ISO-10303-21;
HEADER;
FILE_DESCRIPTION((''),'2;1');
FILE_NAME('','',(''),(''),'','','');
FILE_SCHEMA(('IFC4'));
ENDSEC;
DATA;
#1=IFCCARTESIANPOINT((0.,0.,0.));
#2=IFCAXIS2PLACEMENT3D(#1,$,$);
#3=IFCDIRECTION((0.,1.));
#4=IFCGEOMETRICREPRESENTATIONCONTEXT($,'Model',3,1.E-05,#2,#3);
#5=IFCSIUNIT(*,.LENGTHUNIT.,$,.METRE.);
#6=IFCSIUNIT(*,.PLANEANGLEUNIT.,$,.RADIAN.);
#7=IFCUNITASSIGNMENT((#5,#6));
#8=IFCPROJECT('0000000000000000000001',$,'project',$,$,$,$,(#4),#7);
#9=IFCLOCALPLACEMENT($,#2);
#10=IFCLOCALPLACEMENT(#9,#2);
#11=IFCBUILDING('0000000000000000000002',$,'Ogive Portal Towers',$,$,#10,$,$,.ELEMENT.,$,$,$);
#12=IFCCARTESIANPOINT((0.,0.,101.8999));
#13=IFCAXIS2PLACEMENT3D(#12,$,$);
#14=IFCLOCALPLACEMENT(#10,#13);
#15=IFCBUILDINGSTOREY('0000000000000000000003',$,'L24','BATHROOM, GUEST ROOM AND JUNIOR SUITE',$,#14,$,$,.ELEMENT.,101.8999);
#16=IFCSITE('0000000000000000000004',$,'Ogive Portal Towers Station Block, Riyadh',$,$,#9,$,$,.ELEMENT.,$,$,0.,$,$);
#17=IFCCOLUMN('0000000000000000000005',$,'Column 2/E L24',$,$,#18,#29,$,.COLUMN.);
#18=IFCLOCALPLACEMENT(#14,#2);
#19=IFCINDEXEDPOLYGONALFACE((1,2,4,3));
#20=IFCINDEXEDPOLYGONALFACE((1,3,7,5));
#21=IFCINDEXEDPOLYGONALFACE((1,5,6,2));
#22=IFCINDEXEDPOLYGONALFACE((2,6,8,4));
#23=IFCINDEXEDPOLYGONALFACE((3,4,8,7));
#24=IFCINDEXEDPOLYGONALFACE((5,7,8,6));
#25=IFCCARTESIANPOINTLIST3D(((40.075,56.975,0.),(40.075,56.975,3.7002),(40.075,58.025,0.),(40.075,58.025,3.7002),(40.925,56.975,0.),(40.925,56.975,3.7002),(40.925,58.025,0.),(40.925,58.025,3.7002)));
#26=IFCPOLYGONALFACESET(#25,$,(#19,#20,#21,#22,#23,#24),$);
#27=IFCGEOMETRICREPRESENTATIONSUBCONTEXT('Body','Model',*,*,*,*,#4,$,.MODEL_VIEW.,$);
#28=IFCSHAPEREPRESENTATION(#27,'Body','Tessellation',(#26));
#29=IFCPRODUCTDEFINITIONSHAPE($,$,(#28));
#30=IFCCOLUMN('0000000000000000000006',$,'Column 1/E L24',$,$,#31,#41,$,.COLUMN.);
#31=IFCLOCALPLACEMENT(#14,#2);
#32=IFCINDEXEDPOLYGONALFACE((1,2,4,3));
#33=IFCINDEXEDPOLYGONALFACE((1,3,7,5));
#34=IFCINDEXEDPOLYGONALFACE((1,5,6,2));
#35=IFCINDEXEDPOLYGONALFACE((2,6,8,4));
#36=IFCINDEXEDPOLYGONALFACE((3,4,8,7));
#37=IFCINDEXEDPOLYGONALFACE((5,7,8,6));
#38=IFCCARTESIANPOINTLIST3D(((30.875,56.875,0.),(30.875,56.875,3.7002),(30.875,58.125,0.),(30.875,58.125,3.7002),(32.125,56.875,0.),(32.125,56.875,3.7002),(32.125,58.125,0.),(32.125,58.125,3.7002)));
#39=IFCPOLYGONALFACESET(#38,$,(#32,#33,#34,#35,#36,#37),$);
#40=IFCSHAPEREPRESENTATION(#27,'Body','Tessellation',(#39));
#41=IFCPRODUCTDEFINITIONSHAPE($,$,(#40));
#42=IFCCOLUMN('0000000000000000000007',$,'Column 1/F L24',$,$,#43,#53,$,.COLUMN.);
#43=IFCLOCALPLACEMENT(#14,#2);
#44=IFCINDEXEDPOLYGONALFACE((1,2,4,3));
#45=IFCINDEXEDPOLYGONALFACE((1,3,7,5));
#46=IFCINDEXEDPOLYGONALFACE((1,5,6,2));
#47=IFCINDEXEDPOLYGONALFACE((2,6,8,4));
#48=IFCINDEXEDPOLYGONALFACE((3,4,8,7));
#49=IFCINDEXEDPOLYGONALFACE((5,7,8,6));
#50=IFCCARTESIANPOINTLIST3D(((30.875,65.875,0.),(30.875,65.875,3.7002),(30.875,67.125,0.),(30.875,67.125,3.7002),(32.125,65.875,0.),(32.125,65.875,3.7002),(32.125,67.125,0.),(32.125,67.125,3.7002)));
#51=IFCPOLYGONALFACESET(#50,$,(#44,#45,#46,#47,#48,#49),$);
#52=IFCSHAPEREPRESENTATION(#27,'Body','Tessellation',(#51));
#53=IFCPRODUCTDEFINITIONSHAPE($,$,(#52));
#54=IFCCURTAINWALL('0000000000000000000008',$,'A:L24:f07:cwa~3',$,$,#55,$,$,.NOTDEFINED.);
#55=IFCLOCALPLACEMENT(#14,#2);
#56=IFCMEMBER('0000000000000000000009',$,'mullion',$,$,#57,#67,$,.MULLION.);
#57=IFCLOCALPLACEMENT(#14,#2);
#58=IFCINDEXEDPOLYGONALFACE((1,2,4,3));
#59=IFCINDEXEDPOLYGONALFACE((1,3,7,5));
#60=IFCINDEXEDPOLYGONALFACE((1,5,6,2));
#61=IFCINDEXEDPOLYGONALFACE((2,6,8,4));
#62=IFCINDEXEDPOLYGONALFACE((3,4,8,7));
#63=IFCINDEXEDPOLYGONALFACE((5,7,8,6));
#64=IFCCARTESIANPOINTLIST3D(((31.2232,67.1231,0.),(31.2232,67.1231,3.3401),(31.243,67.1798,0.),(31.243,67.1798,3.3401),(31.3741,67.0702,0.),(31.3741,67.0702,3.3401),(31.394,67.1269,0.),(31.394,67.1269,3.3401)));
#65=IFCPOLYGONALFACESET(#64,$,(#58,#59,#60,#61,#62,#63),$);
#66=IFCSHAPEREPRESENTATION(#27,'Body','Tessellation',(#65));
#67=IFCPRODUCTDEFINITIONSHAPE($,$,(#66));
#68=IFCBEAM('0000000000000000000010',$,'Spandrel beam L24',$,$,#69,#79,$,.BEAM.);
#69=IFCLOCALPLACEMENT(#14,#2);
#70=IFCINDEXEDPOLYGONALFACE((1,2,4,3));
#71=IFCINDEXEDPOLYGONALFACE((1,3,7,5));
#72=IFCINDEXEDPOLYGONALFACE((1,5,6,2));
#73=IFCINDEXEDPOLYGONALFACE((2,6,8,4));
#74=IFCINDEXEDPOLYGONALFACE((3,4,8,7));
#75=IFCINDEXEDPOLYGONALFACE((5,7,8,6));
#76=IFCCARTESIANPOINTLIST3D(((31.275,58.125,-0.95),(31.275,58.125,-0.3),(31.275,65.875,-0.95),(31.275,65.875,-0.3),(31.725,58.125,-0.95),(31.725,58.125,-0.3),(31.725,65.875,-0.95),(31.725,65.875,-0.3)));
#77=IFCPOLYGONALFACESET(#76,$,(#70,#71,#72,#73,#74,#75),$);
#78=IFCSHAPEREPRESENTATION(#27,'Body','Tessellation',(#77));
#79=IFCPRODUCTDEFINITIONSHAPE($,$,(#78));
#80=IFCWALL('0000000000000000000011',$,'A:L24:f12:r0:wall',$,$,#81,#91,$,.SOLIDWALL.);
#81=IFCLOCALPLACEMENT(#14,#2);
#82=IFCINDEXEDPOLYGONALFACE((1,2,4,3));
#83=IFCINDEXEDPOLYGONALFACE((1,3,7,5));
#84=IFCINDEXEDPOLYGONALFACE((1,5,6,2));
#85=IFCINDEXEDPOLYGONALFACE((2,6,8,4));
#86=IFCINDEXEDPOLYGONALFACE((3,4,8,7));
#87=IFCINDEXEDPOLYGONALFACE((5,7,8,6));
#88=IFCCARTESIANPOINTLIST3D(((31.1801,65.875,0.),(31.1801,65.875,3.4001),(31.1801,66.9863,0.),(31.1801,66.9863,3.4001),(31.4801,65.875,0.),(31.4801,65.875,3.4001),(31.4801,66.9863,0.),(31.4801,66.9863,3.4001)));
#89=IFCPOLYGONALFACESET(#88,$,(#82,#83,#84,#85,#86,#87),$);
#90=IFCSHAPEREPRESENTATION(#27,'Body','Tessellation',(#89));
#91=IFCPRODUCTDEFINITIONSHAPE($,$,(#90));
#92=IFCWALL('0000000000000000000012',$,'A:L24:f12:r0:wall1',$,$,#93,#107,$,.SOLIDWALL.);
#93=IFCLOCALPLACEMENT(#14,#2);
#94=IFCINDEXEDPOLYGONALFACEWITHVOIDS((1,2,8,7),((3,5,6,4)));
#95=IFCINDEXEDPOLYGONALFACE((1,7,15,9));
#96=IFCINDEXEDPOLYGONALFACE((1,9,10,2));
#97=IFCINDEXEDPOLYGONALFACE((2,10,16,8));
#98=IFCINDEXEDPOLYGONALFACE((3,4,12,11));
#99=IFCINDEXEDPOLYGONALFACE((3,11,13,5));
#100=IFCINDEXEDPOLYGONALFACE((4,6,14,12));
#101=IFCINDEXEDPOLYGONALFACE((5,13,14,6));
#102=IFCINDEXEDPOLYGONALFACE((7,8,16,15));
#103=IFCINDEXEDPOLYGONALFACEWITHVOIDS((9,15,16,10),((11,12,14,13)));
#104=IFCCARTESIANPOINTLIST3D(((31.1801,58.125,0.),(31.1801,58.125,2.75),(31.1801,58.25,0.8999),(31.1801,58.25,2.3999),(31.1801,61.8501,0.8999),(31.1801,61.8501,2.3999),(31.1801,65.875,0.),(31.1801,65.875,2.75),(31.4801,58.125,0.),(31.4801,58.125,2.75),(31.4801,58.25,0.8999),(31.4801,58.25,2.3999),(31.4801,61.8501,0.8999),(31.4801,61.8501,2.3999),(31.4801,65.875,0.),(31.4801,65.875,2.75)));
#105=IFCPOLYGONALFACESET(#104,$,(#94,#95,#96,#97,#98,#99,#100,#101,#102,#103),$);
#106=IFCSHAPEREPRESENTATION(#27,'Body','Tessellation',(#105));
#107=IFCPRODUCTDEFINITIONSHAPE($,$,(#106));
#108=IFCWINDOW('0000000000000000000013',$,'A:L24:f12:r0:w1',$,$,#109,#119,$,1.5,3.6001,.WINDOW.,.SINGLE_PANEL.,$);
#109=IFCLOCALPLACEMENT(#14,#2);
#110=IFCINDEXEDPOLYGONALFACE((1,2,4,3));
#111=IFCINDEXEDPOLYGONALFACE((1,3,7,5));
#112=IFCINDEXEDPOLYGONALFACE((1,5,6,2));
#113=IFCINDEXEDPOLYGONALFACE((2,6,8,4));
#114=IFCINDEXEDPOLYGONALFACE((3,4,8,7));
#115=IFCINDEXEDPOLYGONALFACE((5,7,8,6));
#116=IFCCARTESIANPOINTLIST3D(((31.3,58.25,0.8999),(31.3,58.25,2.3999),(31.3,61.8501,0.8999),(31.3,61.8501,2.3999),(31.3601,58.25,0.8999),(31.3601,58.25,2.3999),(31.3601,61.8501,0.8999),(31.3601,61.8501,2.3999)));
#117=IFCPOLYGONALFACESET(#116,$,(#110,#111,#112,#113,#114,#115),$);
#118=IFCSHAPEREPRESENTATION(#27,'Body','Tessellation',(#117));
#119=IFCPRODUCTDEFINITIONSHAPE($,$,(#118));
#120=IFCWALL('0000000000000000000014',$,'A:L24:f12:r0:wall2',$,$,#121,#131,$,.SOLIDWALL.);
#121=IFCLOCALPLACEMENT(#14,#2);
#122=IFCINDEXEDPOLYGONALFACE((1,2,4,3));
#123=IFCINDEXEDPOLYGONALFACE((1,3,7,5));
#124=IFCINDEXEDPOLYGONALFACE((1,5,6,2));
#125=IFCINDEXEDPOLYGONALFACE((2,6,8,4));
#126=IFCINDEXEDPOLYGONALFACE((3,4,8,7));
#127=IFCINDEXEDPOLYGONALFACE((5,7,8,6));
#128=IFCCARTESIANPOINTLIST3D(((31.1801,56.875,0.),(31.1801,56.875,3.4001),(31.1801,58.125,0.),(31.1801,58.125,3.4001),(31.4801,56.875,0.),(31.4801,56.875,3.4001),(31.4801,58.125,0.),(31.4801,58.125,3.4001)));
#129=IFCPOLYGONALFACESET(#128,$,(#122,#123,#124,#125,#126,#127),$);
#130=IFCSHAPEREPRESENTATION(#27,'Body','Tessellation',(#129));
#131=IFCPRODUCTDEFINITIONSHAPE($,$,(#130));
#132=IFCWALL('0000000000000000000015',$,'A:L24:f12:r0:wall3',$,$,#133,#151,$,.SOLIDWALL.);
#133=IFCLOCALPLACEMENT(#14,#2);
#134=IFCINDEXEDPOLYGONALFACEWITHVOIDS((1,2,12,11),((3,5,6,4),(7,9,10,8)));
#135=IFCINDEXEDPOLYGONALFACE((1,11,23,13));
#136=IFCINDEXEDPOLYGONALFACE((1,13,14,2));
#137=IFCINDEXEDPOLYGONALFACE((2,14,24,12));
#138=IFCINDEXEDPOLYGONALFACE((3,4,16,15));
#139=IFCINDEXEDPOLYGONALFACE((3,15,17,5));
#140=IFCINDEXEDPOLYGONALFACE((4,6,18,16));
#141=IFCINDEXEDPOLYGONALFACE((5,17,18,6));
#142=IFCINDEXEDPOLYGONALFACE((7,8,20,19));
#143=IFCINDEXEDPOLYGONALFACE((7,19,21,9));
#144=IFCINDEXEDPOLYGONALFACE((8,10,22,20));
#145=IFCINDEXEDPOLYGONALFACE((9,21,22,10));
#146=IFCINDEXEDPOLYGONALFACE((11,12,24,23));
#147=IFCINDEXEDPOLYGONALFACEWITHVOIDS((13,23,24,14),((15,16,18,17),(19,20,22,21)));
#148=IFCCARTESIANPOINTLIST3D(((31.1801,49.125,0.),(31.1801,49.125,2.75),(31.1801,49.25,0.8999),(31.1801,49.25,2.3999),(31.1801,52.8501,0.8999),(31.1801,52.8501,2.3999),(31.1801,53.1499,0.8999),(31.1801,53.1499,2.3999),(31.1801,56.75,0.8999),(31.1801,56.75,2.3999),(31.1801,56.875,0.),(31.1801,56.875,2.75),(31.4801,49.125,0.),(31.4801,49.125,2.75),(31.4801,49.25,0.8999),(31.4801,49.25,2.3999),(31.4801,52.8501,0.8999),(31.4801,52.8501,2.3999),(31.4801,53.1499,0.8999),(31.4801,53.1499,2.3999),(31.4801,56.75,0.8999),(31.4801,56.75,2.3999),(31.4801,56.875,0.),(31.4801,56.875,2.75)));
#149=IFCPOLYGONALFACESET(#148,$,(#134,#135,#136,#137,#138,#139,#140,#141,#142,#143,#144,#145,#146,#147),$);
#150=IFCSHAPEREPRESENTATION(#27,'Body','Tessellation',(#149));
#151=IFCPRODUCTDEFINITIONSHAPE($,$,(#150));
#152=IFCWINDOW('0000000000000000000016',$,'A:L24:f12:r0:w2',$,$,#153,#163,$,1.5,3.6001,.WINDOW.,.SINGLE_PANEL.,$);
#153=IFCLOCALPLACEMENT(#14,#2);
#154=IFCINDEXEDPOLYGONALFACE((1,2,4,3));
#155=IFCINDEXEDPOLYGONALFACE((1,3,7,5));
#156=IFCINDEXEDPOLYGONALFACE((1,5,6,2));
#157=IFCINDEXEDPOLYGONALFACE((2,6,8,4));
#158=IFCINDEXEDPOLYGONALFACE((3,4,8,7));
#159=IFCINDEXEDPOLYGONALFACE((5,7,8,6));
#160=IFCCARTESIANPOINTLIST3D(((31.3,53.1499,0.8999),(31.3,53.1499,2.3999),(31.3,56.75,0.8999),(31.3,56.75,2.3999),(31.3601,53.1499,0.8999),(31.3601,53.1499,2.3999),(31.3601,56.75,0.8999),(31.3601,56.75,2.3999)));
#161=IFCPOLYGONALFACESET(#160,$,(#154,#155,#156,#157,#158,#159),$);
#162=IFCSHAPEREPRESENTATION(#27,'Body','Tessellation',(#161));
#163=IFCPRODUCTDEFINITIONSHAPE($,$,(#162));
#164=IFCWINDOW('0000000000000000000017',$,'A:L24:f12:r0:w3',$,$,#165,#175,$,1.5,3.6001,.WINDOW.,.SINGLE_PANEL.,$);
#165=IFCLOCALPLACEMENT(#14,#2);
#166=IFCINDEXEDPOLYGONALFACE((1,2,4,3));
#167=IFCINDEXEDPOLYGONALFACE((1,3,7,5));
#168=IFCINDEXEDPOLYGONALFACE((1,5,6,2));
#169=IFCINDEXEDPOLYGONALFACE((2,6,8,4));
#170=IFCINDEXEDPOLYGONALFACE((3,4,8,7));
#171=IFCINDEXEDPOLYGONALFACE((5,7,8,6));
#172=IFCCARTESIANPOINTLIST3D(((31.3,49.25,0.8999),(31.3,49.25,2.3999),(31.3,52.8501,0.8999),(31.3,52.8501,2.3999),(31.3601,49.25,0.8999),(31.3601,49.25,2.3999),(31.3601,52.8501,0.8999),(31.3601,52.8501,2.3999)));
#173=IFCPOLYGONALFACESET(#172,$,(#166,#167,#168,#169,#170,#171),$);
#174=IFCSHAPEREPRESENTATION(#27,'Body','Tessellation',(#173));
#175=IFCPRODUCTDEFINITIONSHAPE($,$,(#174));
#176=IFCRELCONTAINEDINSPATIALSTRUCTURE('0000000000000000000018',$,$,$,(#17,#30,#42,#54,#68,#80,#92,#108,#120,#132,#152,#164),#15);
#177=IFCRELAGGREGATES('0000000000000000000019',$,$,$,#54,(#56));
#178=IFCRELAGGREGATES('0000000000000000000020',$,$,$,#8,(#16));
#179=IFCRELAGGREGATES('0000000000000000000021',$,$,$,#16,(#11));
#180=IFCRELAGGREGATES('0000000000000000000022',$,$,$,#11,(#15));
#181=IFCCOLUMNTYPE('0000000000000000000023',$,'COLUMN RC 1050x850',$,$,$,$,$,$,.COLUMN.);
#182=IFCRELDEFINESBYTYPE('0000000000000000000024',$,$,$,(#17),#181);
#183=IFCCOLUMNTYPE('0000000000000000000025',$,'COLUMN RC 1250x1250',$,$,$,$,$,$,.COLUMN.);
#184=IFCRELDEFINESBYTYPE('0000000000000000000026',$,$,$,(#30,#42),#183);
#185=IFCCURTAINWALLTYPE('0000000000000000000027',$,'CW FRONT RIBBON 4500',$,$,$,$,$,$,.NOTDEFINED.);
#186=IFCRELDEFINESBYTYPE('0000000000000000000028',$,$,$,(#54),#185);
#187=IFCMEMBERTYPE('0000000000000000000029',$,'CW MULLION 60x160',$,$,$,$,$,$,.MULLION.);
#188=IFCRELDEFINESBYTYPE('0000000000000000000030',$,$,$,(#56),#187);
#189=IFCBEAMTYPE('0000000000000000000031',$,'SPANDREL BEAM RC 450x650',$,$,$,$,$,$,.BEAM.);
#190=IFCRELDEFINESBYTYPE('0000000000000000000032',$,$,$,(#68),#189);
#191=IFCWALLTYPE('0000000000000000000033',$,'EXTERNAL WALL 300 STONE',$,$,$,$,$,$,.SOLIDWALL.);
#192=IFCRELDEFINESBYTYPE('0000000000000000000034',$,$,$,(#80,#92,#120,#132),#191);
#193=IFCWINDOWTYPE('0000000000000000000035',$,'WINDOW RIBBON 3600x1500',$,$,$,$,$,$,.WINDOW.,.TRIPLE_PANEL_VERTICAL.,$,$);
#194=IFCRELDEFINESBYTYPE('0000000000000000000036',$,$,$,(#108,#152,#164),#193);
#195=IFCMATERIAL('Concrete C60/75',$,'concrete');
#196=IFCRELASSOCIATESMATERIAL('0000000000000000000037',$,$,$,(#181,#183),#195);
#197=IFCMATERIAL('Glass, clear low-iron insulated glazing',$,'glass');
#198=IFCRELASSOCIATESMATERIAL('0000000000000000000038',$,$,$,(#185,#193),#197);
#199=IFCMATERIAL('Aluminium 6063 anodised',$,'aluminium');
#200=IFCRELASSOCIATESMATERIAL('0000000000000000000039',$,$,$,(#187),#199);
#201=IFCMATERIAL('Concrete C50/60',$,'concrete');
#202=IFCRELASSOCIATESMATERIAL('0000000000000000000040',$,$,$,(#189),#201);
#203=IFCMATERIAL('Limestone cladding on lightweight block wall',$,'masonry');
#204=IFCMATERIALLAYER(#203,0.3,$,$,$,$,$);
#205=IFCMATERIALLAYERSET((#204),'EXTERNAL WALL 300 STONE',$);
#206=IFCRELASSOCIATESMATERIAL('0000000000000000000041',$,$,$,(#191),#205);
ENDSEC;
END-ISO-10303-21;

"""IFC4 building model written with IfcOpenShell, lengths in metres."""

from ifc_helpers import new_model, si_unit, direction, frame, frame_2d, origin, origin_2d, place, context, subcontext, project, spatial, rectangle, extrude, material, layer, layer_set, material_profile, profile_set, type_object, element, fill, aggregate, save


model = new_model("IFC4")

# Units and contexts
model_context = context("Model", 3, precision=1e-05, world=origin(), true_north=direction((0.0, 1.0)))
body_context = subcontext(model_context, "Body", "Model", "MODEL_VIEW")
ifc_project = project(units=[si_unit("LENGTHUNIT", "METRE"), si_unit("PLANEANGLEUNIT", "RADIAN")], contexts=[model_context])

# Site, building, storey
site_placement = place(None, origin())
site = spatial("IfcSite", under=ifc_project, at=site_placement, Name="Ogive Portal Towers Station Block, Riyadh", CompositionType="ELEMENT", RefElevation=0.0)
building_placement = place(site_placement, origin())
building = spatial("IfcBuilding", under=site, at=building_placement, Name="Ogive Portal Towers", CompositionType="ELEMENT")
storey_placement = place(building_placement, frame((0.0, 0.0, 101.8999)))
storey = spatial("IfcBuildingStorey", under=building, at=storey_placement, Name="L24", Description="BATHROOM, GUEST ROOM AND JUNIOR SUITE", CompositionType="ELEMENT", Elevation=101.8999)

# Columns
ifc_material_1 = material(Name="Concrete C60/75", Category="concrete")
ifc_material_profile_1 = material_profile(ifc_material_1, rectangle(XDim=1.05, YDim=0.8501, at=origin_2d()), Name="RC 1050x850")
ifc_profile_set_1 = profile_set([ifc_material_profile_1], Name="Concrete C60/75")
column_type_1 = type_object("IfcColumnType", Name="COLUMN RC 1050x850", PredefinedType="COLUMN", material=ifc_profile_set_1)
column_placement = place(storey_placement, frame((40.5, 57.5, 0.0), z_axis=(0.0, 0.0, 1.0), x_axis=(0.0, 1.0, 0.0)))
element("IfcColumn", 1, at=column_placement, inside=storey, type_object=column_type_1, Name="Column 2/E L24", PredefinedType="COLUMN", context=body_context, shape_type="SweptSolid", body=[
    extrude(rectangle(XDim=1.05, YDim=0.8501, at=origin_2d()), origin(), (0.0, 0.0, 1.0), 3.7002),
])
ifc_material_profile_2 = material_profile(ifc_material_1, rectangle(XDim=1.25, YDim=1.25, at=origin_2d()), Name="RC 1250x1250")
ifc_profile_set_2 = profile_set([ifc_material_profile_2], Name="Concrete C60/75")
column_type_2 = type_object("IfcColumnType", Name="COLUMN RC 1250x1250", PredefinedType="COLUMN", material=ifc_profile_set_2)
for number, where, z_axis, x_axis, name in (
    (2, (31.5, 57.5, 0.0), (0.0, 0.0, 1.0), (1.0, 0.0, 0.0), "Column 1/E L24"),
    (3, (31.5, 66.5, 0.0), (0.0, 0.0, 1.0), (1.0, 0.0, 0.0), "Column 1/F L24"),
):
    element("IfcColumn", number, at=place(storey_placement, frame(where, z_axis=z_axis, x_axis=x_axis)), inside=storey, type_object=column_type_2, Name=name, PredefinedType="COLUMN", context=body_context, shape_type="SweptSolid", body=[
        extrude(rectangle(XDim=1.25, YDim=1.25, at=origin_2d()), origin(), (0.0, 0.0, 1.0), 3.7002),
    ])

# Curtain wall, member
ifc_material_2 = material(Name="Glass, clear low-iron insulated glazing", Category="glass")
curtain_wall_type = type_object("IfcCurtainWallType", Name="CW FRONT RIBBON 4500", PredefinedType="NOTDEFINED", material=ifc_material_2)
curtain_wall_placement = place(storey_placement, origin())
curtain_wall = element("IfcCurtainWall", 4, at=curtain_wall_placement, inside=storey, type_object=curtain_wall_type, Name="A:L24:f07:cwa~3", PredefinedType="NOTDEFINED")
ifc_material_3 = material(Name="Aluminium 6063 anodised", Category="aluminium")
ifc_material_profile_3 = material_profile(ifc_material_3, rectangle(XDim=0.1599, YDim=0.0601, at=origin_2d()), Name="AL 60x160")
ifc_profile_set_3 = profile_set([ifc_material_profile_3], Name="Aluminium 6063 anodised")
member_type = type_object("IfcMemberType", Name="CW MULLION 60x160", PredefinedType="MULLION", material=ifc_profile_set_3)
member_placement = place(storey_placement, frame((31.3086, 67.125, 0.0), z_axis=(0.0, 0.0, 1.0), x_axis=(0.943883, -0.330279, 0.0)))
member = element("IfcMember", 5, at=member_placement, type_object=member_type, Name="mullion", PredefinedType="MULLION", context=body_context, shape_type="SweptSolid", body=[
    extrude(rectangle(XDim=0.1599, YDim=0.0601, at=origin_2d()), origin(), (0.0, 0.0, 1.0), 3.3401),
])
aggregate(curtain_wall, [member])

# Beam
ifc_material_4 = material(Name="Concrete C50/60", Category="concrete")
ifc_material_profile_4 = material_profile(ifc_material_4, rectangle(XDim=0.45, YDim=0.6499, at=origin_2d()), Name="RC 450x650")
ifc_profile_set_4 = profile_set([ifc_material_profile_4], Name="Concrete C50/60")
beam_type = type_object("IfcBeamType", Name="SPANDREL BEAM RC 450x650", PredefinedType="BEAM", material=ifc_profile_set_4)
beam_placement = place(storey_placement, frame((31.5, 58.125, -0.625), z_axis=(0.0, 1.0, 0.0), x_axis=(-1.0, 0.0, 0.0)))
element("IfcBeam", 6, at=beam_placement, inside=storey, type_object=beam_type, Name="Spandrel beam L24", PredefinedType="BEAM", context=body_context, shape_type="SweptSolid", body=[
    extrude(rectangle(XDim=0.45, YDim=0.6499, at=origin_2d()), origin(), (0.0, 0.0, 1.0), 7.75),
])

# Wall
ifc_material_5 = material(Name="Limestone cladding on lightweight block wall", Category="masonry")
ifc_layer_1 = layer(ifc_material_5, 0.3)
ifc_layer_set_1 = layer_set([ifc_layer_1], Name="EXTERNAL WALL 300 STONE")
wall_type_1 = type_object("IfcWallType", Name="EXTERNAL WALL 300 STONE", PredefinedType="SOLIDWALL", material=ifc_layer_set_1)
wall_1_placement = place(storey_placement, frame((31.3301, 66.9863, 0.0), z_axis=(0.0, 0.0, 1.0), x_axis=(0.0, -1.0, 0.0)))
element("IfcWall", 7, at=wall_1_placement, inside=storey, type_object=wall_type_1, Name="A:L24:f12:r0:wall", PredefinedType="SOLIDWALL", context=body_context, shape_type="SweptSolid", body=[
    extrude(rectangle(XDim=1.1113, YDim=0.3, at=frame_2d((0.5557, 0.0))), origin(), (0.0, 0.0, 1.0), 3.4001),
])

# Wall, opening, window
wall_2_placement = place(storey_placement, frame((31.3301, 65.875, 0.0), z_axis=(0.0, 0.0, 1.0), x_axis=(0.0, -1.0, 0.0)))
wall_2 = element("IfcWall", 8, at=wall_2_placement, inside=storey, type_object=wall_type_1, Name="A:L24:f12:r0:wall1", PredefinedType="SOLIDWALL", context=body_context, shape_type="SweptSolid", body=[
    extrude(rectangle(XDim=7.75, YDim=0.3, at=frame_2d((3.875, 0.0))), origin(), (0.0, 0.0, 1.0), 2.75),
])
opening_1_placement = place(wall_2_placement, frame((4.0249, 0.0, 0.8999)))
opening_1 = element("IfcOpeningElement", 9, at=opening_1_placement, cuts=wall_2, PredefinedType="OPENING", context=body_context, shape_type="SweptSolid", body=[
    extrude(rectangle(XDim=3.6001, YDim=1.5, at=frame_2d((1.8, 0.75))), frame((0.0, 0.1602, 0.0), z_axis=(0.0, -1.0, 0.0), x_axis=(1.0, 0.0, 0.0)), (0.0, 0.0, 1.0), 0.3201),
])
window_type = type_object("IfcWindowType", Name="WINDOW RIBBON 3600x1500", PartitioningType="TRIPLE_PANEL_VERTICAL", PredefinedType="WINDOW", material=ifc_material_2)
window_1_placement = place(opening_1_placement, origin())
window_1 = element("IfcWindow", 10, at=window_1_placement, inside=storey, type_object=window_type, Name="A:L24:f12:r0:w1", OverallHeight=1.5, OverallWidth=3.6001, PartitioningType="SINGLE_PANEL", PredefinedType="WINDOW", context=body_context, shape_type="SweptSolid", body=[
    extrude(rectangle(XDim=3.6001, YDim=1.5, at=frame_2d((1.8, 0.75))), frame((0.0, 0.03, 0.0), z_axis=(0.0, -1.0, 0.0), x_axis=(1.0, 0.0, 0.0)), (0.0, 0.0, 1.0), 0.0601),
])
fill(opening_1, window_1)

# Wall
wall_3_placement = place(storey_placement, frame((31.3301, 58.125, 0.0), z_axis=(0.0, 0.0, 1.0), x_axis=(0.0, -1.0, 0.0)))
element("IfcWall", 11, at=wall_3_placement, inside=storey, type_object=wall_type_1, Name="A:L24:f12:r0:wall2", PredefinedType="SOLIDWALL", context=body_context, shape_type="SweptSolid", body=[
    extrude(rectangle(XDim=1.25, YDim=0.3, at=frame_2d((0.625, 0.0))), origin(), (0.0, 0.0, 1.0), 3.4001),
])

# Wall, openings, windows
wall_4_placement = place(storey_placement, frame((31.3301, 56.875, 0.0), z_axis=(0.0, 0.0, 1.0), x_axis=(0.0, -1.0, 0.0)))
wall_4 = element("IfcWall", 12, at=wall_4_placement, inside=storey, type_object=wall_type_1, Name="A:L24:f12:r0:wall3", PredefinedType="SOLIDWALL", context=body_context, shape_type="SweptSolid", body=[
    extrude(rectangle(XDim=7.75, YDim=0.3, at=frame_2d((3.875, 0.0))), origin(), (0.0, 0.0, 1.0), 2.75),
])
opening_2_placement = place(wall_4_placement, frame((0.125, 0.0, 0.8999)))
opening_2 = element("IfcOpeningElement", 13, at=opening_2_placement, cuts=wall_4, PredefinedType="OPENING", context=body_context, shape_type="SweptSolid", body=[
    extrude(rectangle(XDim=3.6001, YDim=1.5, at=frame_2d((1.8, 0.75))), frame((0.0, 0.1602, 0.0), z_axis=(0.0, -1.0, 0.0), x_axis=(1.0, 0.0, 0.0)), (0.0, 0.0, 1.0), 0.3201),
])
opening_3_placement = place(wall_4_placement, frame((4.0249, 0.0, 0.8999)))
opening_3 = element("IfcOpeningElement", 14, at=opening_3_placement, cuts=wall_4, PredefinedType="OPENING", context=body_context, shape_type="SweptSolid", body=[
    extrude(rectangle(XDim=3.6001, YDim=1.5, at=frame_2d((1.8, 0.75))), frame((0.0, 0.1602, 0.0), z_axis=(0.0, -1.0, 0.0), x_axis=(1.0, 0.0, 0.0)), (0.0, 0.0, 1.0), 0.3201),
])
window_2_placement = place(opening_2_placement, origin())
window_2 = element("IfcWindow", 15, at=window_2_placement, inside=storey, type_object=window_type, Name="A:L24:f12:r0:w2", OverallHeight=1.5, OverallWidth=3.6001, PartitioningType="SINGLE_PANEL", PredefinedType="WINDOW", context=body_context, shape_type="SweptSolid", body=[
    extrude(rectangle(XDim=3.6001, YDim=1.5, at=frame_2d((1.8, 0.75))), frame((0.0, 0.03, 0.0), z_axis=(0.0, -1.0, 0.0), x_axis=(1.0, 0.0, 0.0)), (0.0, 0.0, 1.0), 0.0601),
])
fill(opening_2, window_2)
window_3_placement = place(opening_3_placement, origin())
window_3 = element("IfcWindow", 16, at=window_3_placement, inside=storey, type_object=window_type, Name="A:L24:f12:r0:w3", OverallHeight=1.5, OverallWidth=3.6001, PartitioningType="SINGLE_PANEL", PredefinedType="WINDOW", context=body_context, shape_type="SweptSolid", body=[
    extrude(rectangle(XDim=3.6001, YDim=1.5, at=frame_2d((1.8, 0.75))), frame((0.0, 0.03, 0.0), z_axis=(0.0, -1.0, 0.0), x_axis=(1.0, 0.0, 0.0)), (0.0, 0.0, 1.0), 0.0601),
])
fill(opening_3, window_3)

save(model, "model.ifc")
